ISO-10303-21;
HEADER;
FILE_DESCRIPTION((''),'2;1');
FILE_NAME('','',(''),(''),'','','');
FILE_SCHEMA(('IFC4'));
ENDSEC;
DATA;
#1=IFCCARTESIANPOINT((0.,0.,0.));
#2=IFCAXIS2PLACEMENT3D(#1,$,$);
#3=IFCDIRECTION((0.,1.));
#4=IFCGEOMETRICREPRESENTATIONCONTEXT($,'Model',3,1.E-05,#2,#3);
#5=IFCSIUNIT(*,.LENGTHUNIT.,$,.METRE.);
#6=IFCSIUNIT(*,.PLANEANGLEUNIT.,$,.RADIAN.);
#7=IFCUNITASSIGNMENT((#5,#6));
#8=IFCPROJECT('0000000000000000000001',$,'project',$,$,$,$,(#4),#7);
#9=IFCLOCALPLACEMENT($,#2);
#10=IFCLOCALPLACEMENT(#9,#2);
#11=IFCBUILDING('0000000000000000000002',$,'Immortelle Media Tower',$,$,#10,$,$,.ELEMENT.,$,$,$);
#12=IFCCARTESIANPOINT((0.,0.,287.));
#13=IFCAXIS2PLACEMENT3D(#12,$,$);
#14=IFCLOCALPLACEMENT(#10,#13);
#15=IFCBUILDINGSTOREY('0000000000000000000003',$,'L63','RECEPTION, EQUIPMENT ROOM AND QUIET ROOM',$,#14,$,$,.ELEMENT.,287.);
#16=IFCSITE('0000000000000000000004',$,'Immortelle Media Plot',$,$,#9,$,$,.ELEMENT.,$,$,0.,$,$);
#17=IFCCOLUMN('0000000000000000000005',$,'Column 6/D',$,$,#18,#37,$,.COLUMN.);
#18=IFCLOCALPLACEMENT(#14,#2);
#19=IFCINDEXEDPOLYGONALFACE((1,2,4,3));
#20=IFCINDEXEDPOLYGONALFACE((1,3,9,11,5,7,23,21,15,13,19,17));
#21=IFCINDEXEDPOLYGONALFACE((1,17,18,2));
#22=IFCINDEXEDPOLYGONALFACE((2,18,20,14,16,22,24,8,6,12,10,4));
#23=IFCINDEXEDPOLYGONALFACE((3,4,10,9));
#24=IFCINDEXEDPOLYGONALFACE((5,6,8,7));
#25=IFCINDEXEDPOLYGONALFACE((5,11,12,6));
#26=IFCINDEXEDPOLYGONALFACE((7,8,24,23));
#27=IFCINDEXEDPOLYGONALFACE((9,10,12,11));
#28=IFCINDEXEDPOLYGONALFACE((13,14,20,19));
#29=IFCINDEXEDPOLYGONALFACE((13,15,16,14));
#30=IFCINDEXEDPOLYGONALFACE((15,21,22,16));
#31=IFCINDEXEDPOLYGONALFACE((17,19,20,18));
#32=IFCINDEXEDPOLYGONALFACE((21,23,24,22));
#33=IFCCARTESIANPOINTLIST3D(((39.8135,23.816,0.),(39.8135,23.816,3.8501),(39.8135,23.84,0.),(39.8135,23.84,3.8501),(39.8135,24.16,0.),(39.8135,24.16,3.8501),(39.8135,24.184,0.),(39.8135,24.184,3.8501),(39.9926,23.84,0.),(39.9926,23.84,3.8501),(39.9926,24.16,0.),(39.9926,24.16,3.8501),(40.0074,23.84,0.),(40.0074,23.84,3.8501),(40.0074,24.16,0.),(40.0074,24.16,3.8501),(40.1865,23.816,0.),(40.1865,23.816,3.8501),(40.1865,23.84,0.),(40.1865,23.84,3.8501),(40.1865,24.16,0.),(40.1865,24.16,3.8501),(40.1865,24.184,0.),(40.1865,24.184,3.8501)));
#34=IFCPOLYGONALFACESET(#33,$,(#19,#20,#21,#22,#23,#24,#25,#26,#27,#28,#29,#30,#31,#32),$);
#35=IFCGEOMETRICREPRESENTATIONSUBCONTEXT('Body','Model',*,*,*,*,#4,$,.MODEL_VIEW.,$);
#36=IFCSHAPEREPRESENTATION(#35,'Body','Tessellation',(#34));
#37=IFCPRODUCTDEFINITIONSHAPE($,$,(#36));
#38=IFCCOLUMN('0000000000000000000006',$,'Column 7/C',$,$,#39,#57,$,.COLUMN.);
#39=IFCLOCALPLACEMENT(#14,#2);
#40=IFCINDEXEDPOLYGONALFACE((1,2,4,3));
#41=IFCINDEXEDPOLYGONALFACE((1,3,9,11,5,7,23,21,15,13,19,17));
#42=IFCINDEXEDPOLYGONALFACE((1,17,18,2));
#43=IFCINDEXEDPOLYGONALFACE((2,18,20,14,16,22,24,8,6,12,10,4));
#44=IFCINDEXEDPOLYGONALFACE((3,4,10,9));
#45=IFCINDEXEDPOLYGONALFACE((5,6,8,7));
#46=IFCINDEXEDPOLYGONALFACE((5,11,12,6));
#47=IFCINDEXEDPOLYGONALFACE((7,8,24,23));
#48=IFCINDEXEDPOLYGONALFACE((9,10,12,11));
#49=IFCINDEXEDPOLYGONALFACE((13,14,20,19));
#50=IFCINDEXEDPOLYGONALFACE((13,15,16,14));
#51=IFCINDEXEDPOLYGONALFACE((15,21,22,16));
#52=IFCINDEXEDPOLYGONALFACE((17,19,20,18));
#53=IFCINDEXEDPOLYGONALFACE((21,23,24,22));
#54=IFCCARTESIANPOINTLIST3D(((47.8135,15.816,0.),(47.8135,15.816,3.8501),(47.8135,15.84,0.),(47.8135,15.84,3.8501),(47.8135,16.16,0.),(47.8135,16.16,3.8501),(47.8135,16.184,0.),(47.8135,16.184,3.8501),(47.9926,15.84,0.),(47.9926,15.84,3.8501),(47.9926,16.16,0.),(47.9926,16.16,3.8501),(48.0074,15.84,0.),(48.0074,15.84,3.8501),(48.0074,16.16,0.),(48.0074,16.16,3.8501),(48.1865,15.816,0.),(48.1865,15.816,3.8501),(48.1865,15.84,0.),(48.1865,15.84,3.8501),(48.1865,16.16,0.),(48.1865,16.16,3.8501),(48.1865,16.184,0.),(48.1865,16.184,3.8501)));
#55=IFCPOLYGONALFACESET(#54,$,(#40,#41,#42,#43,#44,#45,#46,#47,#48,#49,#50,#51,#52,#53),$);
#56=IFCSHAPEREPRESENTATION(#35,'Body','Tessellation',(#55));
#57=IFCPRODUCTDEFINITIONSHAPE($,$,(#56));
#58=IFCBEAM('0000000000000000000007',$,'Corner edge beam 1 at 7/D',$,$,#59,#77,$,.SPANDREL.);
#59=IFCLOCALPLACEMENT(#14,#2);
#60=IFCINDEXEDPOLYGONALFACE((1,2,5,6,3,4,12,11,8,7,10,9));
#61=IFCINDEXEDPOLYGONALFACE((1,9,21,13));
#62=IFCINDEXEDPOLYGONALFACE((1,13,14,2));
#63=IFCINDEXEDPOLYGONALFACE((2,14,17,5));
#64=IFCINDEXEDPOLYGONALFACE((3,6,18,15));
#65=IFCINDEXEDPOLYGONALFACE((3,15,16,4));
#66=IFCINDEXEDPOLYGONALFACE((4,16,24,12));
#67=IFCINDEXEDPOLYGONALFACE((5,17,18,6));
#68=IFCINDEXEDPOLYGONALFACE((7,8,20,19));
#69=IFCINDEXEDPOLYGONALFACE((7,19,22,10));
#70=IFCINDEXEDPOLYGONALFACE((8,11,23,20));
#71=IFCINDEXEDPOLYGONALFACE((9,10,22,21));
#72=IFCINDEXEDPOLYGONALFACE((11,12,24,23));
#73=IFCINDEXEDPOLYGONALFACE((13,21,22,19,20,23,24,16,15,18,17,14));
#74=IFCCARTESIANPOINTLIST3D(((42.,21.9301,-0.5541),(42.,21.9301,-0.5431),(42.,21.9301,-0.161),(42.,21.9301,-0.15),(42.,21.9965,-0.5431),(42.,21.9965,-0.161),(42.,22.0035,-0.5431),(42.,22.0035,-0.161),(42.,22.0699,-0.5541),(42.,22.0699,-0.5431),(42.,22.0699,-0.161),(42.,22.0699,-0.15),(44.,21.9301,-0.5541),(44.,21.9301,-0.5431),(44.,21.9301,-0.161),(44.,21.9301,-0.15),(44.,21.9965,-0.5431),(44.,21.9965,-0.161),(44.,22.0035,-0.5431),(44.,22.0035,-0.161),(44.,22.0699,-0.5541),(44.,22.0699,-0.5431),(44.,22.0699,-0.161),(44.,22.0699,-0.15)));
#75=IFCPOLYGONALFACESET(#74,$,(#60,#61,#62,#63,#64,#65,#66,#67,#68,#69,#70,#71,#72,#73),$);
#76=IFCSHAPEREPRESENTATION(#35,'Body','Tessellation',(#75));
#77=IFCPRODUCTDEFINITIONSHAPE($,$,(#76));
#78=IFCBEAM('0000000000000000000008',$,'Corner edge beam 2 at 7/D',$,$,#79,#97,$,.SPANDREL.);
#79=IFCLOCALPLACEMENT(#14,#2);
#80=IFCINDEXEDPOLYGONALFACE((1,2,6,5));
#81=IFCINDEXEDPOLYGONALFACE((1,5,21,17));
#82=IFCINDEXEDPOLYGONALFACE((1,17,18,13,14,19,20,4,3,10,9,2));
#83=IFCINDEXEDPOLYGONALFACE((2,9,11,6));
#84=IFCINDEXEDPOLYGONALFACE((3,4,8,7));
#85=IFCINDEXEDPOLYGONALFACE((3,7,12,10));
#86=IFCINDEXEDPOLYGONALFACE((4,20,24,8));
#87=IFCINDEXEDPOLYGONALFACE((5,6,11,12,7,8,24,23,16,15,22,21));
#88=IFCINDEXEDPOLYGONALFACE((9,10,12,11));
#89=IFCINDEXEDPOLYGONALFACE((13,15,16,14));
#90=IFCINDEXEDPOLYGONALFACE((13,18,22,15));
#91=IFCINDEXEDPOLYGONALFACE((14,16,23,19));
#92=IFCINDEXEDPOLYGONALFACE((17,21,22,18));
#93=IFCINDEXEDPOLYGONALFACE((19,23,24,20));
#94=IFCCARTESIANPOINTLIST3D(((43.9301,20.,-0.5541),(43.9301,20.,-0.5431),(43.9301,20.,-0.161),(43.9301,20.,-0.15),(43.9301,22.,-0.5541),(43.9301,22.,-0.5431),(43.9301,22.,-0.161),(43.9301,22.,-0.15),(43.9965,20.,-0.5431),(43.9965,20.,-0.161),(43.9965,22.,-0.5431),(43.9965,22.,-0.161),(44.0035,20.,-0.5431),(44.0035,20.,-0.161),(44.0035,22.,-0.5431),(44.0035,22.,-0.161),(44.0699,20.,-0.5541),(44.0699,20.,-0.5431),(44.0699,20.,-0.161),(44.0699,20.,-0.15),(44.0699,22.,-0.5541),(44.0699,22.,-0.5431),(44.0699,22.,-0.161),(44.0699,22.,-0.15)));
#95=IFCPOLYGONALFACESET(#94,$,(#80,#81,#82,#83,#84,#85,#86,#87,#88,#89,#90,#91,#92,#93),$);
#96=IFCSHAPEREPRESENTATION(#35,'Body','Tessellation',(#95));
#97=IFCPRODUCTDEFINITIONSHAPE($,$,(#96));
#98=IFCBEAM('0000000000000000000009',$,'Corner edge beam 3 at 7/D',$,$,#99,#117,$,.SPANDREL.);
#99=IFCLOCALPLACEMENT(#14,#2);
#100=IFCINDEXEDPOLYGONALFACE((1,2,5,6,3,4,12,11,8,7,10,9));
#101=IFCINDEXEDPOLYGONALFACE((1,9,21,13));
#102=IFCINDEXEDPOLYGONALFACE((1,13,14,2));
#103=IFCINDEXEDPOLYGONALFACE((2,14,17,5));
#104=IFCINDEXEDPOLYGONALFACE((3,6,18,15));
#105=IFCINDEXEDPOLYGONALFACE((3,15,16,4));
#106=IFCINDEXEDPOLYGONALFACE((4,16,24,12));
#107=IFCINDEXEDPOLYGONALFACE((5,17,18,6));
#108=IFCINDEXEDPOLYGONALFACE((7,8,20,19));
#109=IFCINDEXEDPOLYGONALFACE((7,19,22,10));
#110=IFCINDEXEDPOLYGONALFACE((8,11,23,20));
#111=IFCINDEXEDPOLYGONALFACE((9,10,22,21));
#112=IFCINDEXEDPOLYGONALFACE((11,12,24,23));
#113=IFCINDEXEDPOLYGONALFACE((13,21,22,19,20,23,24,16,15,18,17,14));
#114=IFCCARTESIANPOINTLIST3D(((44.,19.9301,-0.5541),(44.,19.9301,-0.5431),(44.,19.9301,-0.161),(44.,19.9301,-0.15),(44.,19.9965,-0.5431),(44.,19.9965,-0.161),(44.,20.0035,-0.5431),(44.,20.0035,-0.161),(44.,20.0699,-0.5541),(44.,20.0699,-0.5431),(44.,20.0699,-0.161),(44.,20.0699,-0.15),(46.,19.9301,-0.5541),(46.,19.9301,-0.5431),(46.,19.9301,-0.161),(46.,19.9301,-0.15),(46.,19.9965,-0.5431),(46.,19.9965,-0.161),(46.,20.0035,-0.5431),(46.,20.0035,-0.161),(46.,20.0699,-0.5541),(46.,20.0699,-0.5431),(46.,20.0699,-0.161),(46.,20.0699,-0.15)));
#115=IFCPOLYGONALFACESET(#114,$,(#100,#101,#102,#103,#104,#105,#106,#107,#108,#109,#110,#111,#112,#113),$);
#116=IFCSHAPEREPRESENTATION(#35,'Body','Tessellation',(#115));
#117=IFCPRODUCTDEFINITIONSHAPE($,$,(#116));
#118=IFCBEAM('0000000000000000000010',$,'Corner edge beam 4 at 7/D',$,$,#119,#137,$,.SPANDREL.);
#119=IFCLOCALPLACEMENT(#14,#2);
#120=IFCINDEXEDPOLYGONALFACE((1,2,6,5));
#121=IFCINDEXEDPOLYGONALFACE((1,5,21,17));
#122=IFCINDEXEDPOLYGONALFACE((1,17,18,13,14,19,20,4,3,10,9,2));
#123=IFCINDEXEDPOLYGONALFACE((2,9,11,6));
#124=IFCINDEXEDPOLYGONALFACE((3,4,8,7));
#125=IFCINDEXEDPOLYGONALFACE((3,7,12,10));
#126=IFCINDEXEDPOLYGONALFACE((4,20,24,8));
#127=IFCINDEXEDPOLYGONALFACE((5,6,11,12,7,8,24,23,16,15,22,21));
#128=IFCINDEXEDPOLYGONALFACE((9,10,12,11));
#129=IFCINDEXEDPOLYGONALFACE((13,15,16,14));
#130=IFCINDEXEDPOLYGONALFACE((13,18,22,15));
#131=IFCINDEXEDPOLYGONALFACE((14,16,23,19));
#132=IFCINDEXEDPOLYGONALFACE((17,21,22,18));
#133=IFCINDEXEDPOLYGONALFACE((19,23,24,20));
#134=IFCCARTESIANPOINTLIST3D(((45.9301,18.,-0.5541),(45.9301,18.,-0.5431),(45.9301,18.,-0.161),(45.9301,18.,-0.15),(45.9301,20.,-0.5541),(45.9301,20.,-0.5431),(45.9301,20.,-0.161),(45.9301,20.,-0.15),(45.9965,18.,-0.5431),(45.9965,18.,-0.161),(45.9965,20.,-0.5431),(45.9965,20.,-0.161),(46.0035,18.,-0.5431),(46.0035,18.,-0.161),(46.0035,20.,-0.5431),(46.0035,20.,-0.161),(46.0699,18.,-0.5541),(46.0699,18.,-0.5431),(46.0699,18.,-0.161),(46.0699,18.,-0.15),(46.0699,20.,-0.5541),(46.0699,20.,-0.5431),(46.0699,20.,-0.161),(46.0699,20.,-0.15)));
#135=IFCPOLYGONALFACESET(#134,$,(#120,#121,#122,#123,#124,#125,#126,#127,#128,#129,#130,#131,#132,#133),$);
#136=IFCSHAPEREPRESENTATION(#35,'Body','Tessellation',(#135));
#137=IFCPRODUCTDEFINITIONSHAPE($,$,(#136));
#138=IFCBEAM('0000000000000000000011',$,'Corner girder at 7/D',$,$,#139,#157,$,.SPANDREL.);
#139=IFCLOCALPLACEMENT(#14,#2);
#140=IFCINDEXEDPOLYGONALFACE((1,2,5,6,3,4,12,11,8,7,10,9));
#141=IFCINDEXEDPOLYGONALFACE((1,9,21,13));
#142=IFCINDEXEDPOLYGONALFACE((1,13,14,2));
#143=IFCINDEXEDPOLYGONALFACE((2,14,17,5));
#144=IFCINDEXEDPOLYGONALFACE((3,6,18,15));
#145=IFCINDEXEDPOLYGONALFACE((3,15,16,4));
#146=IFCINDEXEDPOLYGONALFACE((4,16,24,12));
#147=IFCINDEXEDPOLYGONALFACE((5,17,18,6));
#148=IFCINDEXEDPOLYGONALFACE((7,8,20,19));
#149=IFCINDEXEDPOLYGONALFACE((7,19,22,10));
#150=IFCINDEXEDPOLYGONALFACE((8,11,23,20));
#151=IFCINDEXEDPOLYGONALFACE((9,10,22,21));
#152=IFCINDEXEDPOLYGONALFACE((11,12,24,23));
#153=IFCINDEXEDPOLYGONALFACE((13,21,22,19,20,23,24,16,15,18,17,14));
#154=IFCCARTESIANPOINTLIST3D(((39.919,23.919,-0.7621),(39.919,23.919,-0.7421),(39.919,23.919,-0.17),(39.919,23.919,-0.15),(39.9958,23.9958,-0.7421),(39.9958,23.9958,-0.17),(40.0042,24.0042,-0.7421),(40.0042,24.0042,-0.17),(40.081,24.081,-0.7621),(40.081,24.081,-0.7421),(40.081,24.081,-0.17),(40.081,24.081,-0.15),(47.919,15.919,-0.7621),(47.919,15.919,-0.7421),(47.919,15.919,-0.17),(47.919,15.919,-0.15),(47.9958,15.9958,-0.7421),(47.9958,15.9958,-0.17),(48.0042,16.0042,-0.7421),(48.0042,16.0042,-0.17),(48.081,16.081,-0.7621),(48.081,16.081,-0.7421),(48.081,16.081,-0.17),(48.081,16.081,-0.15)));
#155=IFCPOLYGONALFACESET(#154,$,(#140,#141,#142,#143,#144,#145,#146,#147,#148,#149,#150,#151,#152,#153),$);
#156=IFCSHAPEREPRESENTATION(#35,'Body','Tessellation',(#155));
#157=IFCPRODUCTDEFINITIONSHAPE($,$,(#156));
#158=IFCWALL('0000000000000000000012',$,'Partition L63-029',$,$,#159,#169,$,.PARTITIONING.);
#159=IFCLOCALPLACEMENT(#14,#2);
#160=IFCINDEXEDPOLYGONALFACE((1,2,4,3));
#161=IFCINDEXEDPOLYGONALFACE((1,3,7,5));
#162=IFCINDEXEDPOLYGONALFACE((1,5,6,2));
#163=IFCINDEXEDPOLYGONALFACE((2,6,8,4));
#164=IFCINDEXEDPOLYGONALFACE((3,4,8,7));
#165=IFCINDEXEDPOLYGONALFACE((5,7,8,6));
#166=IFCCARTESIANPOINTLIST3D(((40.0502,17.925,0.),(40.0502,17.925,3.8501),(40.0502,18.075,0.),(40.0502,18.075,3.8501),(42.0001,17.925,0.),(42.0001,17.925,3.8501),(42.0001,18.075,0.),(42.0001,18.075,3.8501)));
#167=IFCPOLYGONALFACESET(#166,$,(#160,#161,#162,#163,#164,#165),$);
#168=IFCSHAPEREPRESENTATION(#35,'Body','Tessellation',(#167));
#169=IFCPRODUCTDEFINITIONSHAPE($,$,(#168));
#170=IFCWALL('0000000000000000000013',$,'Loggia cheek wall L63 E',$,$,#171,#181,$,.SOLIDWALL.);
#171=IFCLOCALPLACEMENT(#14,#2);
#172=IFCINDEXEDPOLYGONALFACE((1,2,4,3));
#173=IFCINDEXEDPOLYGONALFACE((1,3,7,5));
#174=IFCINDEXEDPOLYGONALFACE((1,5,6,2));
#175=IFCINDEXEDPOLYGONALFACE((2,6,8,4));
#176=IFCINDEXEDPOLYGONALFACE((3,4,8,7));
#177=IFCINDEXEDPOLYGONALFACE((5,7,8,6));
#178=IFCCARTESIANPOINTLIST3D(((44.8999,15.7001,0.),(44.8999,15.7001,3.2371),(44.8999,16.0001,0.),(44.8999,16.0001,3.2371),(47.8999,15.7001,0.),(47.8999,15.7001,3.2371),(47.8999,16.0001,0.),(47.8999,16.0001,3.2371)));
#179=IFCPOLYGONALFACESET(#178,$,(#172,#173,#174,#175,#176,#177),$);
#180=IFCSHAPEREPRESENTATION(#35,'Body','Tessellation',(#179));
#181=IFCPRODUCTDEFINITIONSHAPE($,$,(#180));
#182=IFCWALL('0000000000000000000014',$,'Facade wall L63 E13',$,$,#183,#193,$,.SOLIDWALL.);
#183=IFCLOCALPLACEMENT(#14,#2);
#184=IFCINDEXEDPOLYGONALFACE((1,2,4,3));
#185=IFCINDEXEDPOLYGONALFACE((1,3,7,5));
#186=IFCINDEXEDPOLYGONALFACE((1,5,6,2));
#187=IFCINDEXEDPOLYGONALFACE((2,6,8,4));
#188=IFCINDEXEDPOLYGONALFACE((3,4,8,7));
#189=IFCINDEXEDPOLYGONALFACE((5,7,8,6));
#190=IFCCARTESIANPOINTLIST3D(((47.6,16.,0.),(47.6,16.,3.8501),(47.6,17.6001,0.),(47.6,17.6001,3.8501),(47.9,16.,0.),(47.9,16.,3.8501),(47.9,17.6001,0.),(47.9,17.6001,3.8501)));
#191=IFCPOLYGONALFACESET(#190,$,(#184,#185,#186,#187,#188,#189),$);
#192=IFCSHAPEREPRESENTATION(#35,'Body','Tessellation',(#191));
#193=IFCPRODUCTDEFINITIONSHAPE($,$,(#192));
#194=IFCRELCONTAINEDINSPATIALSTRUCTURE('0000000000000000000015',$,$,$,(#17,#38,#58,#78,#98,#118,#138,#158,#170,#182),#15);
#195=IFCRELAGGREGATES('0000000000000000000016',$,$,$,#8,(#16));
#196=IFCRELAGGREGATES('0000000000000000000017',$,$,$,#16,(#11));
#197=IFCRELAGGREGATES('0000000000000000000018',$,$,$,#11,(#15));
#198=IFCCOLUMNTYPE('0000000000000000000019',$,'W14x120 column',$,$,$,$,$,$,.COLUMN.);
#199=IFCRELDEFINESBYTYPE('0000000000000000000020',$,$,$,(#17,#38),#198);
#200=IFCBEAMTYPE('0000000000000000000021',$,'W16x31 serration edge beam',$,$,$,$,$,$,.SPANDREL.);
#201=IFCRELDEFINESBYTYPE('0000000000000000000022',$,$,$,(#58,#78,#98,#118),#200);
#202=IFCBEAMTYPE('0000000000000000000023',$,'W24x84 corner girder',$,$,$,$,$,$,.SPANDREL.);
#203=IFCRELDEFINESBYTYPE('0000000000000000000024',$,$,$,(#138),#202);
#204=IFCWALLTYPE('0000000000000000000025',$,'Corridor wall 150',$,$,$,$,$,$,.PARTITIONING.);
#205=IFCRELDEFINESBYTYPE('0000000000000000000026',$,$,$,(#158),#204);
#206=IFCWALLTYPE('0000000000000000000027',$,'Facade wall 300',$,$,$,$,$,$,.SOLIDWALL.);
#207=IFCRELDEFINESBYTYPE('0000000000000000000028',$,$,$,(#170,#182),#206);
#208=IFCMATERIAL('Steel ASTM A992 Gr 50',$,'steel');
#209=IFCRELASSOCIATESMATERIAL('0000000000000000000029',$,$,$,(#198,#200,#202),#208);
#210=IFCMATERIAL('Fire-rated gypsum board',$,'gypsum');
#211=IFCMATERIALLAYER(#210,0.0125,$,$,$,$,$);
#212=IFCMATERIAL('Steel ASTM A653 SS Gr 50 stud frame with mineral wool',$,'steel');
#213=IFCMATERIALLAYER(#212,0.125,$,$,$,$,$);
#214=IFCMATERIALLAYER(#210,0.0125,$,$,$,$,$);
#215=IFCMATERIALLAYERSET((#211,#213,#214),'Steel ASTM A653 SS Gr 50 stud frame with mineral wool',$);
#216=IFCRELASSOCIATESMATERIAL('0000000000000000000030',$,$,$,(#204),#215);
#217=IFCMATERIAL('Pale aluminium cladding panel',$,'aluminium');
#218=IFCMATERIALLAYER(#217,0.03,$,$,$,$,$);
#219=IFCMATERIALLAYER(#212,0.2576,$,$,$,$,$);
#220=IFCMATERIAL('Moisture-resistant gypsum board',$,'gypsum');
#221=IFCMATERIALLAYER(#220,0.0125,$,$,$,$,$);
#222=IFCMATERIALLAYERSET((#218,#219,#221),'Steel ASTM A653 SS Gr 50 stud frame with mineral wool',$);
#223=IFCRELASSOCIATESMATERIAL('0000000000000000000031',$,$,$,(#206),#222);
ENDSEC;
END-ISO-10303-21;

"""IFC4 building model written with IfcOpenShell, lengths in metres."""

from ifc_helpers import new_model, si_unit, direction, frame, frame_2d, origin, origin_2d, place, context, subcontext, project, spatial, rectangle, i_section, extrude, material, layer, layer_set, material_profile, profile_set, type_object, element, save


model = new_model("IFC4")

# Units and contexts
model_context = context("Model", 3, precision=1e-05, world=origin(), true_north=direction((0.0, 1.0)))
body_context = subcontext(model_context, "Body", "Model", "MODEL_VIEW")
ifc_project = project(units=[si_unit("LENGTHUNIT", "METRE"), si_unit("PLANEANGLEUNIT", "RADIAN")], contexts=[model_context])

# Site, building, storey
site_placement = place(None, origin())
site = spatial("IfcSite", under=ifc_project, at=site_placement, Name="Immortelle Media Plot", CompositionType="ELEMENT", RefElevation=0.0)
building_placement = place(site_placement, origin())
building = spatial("IfcBuilding", under=site, at=building_placement, Name="Immortelle Media Tower", CompositionType="ELEMENT")
storey_placement = place(building_placement, frame((0.0, 0.0, 287.0)))
storey = spatial("IfcBuildingStorey", under=building, at=storey_placement, Name="L63", Description="RECEPTION, EQUIPMENT ROOM AND QUIET ROOM", CompositionType="ELEMENT", Elevation=287.0)

# Columns
ifc_material_1 = material(Name="Steel ASTM A992 Gr 50", Category="steel")
ifc_material_profile_1 = material_profile(ifc_material_1, i_section(OverallWidth=0.373, OverallDepth=0.3679, WebThickness=0.0149, FlangeThickness=0.0239, at=origin_2d()), Name="W14x120")
ifc_profile_set_1 = profile_set([ifc_material_profile_1], Name="Steel ASTM A992 Gr 50")
column_type = type_object("IfcColumnType", Name="W14x120 column", PredefinedType="COLUMN", material=ifc_profile_set_1)
for number, where, z_axis, x_axis, name in (
    (1, (40.0, 24.0, 0.0), (0.0, 0.0, 1.0), (1.0, 0.0, 0.0), "Column 6/D"),
    (2, (48.0, 16.0, 0.0), (0.0, 0.0, 1.0), (1.0, 0.0, 0.0), "Column 7/C"),
):
    element("IfcColumn", number, at=place(storey_placement, frame(where, z_axis=z_axis, x_axis=x_axis)), inside=storey, type_object=column_type, Name=name, PredefinedType="COLUMN", context=body_context, shape_type="SweptSolid", body=[
        extrude(i_section(OverallWidth=0.373, OverallDepth=0.3679, WebThickness=0.0149, FlangeThickness=0.0239, at=origin_2d()), origin(), (0.0, 0.0, 1.0), 3.8501),
    ])

# Beams
ifc_material_profile_2 = material_profile(ifc_material_1, i_section(OverallWidth=0.1399, OverallDepth=0.4041, WebThickness=0.0071, FlangeThickness=0.011, at=origin_2d()), Name="W16x31")
ifc_profile_set_2 = profile_set([ifc_material_profile_2], Name="Steel ASTM A992 Gr 50")
beam_type_1 = type_object("IfcBeamType", Name="W16x31 serration edge beam", PredefinedType="SPANDREL", material=ifc_profile_set_2)
for number, where, z_axis, x_axis, name in (
    (3, (42.0, 22.0, -0.3521), (1.0, 0.0, 0.0), (0.0, 1.0, 0.0), "Corner edge beam 1 at 7/D"),
    (4, (44.0, 22.0, -0.3521), (0.0, -1.0, 0.0), (1.0, 0.0, 0.0), "Corner edge beam 2 at 7/D"),
    (5, (44.0, 20.0, -0.3521), (1.0, 0.0, 0.0), (0.0, 1.0, 0.0), "Corner edge beam 3 at 7/D"),
    (6, (46.0, 20.0, -0.3521), (0.0, -1.0, 0.0), (1.0, 0.0, 0.0), "Corner edge beam 4 at 7/D"),
):
    element("IfcBeam", number, at=place(storey_placement, frame(where, z_axis=z_axis, x_axis=x_axis)), inside=storey, type_object=beam_type_1, Name=name, PredefinedType="SPANDREL", context=body_context, shape_type="SweptSolid", body=[
        extrude(i_section(OverallWidth=0.1399, OverallDepth=0.4041, WebThickness=0.0071, FlangeThickness=0.011, at=origin_2d()), origin(), (0.0, 0.0, 1.0), 2.0),
    ])
ifc_material_profile_3 = material_profile(ifc_material_1, i_section(OverallWidth=0.229, OverallDepth=0.6121, WebThickness=0.012, FlangeThickness=0.02, at=origin_2d()), Name="W24x84")
ifc_profile_set_3 = profile_set([ifc_material_profile_3], Name="Steel ASTM A992 Gr 50")
beam_type_2 = type_object("IfcBeamType", Name="W24x84 corner girder", PredefinedType="SPANDREL", material=ifc_profile_set_3)
beam_placement = place(storey_placement, frame((40.0, 24.0, -0.4561), z_axis=(0.707107, -0.707107, 0.0), x_axis=(0.707107, 0.707107, 0.0)))
element("IfcBeam", 7, at=beam_placement, inside=storey, type_object=beam_type_2, Name="Corner girder at 7/D", PredefinedType="SPANDREL", context=body_context, shape_type="SweptSolid", body=[
    extrude(i_section(OverallWidth=0.229, OverallDepth=0.6121, WebThickness=0.012, FlangeThickness=0.02, at=origin_2d()), origin(), (0.0, 0.0, 1.0), 11.3137),
])

# Walls
ifc_material_2 = material(Name="Fire-rated gypsum board", Category="gypsum")
ifc_layer_1 = layer(ifc_material_2, 0.0125)
ifc_material_3 = material(Name="Steel ASTM A653 SS Gr 50 stud frame with mineral wool", Category="steel")
ifc_layer_2 = layer(ifc_material_3, 0.125)
ifc_layer_3 = layer(ifc_material_2, 0.0125)
ifc_layer_set_1 = layer_set([ifc_layer_1, ifc_layer_2, ifc_layer_3], Name="Steel ASTM A653 SS Gr 50 stud frame with mineral wool")
wall_type_1 = type_object("IfcWallType", Name="Corridor wall 150", PredefinedType="PARTITIONING", material=ifc_layer_set_1)
wall_1_placement = place(storey_placement, frame((40.05, 18.0, 0.0), z_axis=(0.0, 0.0, 1.0), x_axis=(1.0, 0.0, 0.0)))
element("IfcWall", 8, at=wall_1_placement, inside=storey, type_object=wall_type_1, Name="Partition L63-029", PredefinedType="PARTITIONING", context=body_context, shape_type="SweptSolid", body=[
    extrude(rectangle(XDim=1.95, YDim=0.1499, at=frame_2d((0.9751, 0.0))), origin(), (0.0, 0.0, 1.0), 3.8501),
])
ifc_material_4 = material(Name="Pale aluminium cladding panel", Category="aluminium")
ifc_layer_4 = layer(ifc_material_4, 0.03)
ifc_layer_5 = layer(ifc_material_3, 0.2576)
ifc_material_5 = material(Name="Moisture-resistant gypsum board", Category="gypsum")
ifc_layer_6 = layer(ifc_material_5, 0.0125)
ifc_layer_set_2 = layer_set([ifc_layer_4, ifc_layer_5, ifc_layer_6], Name="Steel ASTM A653 SS Gr 50 stud frame with mineral wool")
wall_type_2 = type_object("IfcWallType", Name="Facade wall 300", PredefinedType="SOLIDWALL", material=ifc_layer_set_2)
wall_2_placement = place(storey_placement, frame((47.8999, 15.8501, 0.0), z_axis=(0.0, 0.0, 1.0), x_axis=(-1.0, 0.0, 0.0)))
element("IfcWall", 9, at=wall_2_placement, inside=storey, type_object=wall_type_2, Name="Loggia cheek wall L63 E", PredefinedType="SOLIDWALL", context=body_context, shape_type="SweptSolid", body=[
    extrude(rectangle(XDim=3.0, YDim=0.3, at=frame_2d((1.5, 0.0))), origin(), (0.0, 0.0, 1.0), 3.2371),
])
wall_3_placement = place(storey_placement, frame((47.75, 16.0, 0.0), z_axis=(0.0, 0.0, 1.0), x_axis=(0.0, 1.0, 0.0)))
element("IfcWall", 10, at=wall_3_placement, inside=storey, type_object=wall_type_2, Name="Facade wall L63 E13", PredefinedType="SOLIDWALL", context=body_context, shape_type="SweptSolid", body=[
    extrude(rectangle(XDim=1.6001, YDim=0.3, at=frame_2d((0.8, 0.0))), origin(), (0.0, 0.0, 1.0), 3.8501),
])

save(model, "model.ifc")
